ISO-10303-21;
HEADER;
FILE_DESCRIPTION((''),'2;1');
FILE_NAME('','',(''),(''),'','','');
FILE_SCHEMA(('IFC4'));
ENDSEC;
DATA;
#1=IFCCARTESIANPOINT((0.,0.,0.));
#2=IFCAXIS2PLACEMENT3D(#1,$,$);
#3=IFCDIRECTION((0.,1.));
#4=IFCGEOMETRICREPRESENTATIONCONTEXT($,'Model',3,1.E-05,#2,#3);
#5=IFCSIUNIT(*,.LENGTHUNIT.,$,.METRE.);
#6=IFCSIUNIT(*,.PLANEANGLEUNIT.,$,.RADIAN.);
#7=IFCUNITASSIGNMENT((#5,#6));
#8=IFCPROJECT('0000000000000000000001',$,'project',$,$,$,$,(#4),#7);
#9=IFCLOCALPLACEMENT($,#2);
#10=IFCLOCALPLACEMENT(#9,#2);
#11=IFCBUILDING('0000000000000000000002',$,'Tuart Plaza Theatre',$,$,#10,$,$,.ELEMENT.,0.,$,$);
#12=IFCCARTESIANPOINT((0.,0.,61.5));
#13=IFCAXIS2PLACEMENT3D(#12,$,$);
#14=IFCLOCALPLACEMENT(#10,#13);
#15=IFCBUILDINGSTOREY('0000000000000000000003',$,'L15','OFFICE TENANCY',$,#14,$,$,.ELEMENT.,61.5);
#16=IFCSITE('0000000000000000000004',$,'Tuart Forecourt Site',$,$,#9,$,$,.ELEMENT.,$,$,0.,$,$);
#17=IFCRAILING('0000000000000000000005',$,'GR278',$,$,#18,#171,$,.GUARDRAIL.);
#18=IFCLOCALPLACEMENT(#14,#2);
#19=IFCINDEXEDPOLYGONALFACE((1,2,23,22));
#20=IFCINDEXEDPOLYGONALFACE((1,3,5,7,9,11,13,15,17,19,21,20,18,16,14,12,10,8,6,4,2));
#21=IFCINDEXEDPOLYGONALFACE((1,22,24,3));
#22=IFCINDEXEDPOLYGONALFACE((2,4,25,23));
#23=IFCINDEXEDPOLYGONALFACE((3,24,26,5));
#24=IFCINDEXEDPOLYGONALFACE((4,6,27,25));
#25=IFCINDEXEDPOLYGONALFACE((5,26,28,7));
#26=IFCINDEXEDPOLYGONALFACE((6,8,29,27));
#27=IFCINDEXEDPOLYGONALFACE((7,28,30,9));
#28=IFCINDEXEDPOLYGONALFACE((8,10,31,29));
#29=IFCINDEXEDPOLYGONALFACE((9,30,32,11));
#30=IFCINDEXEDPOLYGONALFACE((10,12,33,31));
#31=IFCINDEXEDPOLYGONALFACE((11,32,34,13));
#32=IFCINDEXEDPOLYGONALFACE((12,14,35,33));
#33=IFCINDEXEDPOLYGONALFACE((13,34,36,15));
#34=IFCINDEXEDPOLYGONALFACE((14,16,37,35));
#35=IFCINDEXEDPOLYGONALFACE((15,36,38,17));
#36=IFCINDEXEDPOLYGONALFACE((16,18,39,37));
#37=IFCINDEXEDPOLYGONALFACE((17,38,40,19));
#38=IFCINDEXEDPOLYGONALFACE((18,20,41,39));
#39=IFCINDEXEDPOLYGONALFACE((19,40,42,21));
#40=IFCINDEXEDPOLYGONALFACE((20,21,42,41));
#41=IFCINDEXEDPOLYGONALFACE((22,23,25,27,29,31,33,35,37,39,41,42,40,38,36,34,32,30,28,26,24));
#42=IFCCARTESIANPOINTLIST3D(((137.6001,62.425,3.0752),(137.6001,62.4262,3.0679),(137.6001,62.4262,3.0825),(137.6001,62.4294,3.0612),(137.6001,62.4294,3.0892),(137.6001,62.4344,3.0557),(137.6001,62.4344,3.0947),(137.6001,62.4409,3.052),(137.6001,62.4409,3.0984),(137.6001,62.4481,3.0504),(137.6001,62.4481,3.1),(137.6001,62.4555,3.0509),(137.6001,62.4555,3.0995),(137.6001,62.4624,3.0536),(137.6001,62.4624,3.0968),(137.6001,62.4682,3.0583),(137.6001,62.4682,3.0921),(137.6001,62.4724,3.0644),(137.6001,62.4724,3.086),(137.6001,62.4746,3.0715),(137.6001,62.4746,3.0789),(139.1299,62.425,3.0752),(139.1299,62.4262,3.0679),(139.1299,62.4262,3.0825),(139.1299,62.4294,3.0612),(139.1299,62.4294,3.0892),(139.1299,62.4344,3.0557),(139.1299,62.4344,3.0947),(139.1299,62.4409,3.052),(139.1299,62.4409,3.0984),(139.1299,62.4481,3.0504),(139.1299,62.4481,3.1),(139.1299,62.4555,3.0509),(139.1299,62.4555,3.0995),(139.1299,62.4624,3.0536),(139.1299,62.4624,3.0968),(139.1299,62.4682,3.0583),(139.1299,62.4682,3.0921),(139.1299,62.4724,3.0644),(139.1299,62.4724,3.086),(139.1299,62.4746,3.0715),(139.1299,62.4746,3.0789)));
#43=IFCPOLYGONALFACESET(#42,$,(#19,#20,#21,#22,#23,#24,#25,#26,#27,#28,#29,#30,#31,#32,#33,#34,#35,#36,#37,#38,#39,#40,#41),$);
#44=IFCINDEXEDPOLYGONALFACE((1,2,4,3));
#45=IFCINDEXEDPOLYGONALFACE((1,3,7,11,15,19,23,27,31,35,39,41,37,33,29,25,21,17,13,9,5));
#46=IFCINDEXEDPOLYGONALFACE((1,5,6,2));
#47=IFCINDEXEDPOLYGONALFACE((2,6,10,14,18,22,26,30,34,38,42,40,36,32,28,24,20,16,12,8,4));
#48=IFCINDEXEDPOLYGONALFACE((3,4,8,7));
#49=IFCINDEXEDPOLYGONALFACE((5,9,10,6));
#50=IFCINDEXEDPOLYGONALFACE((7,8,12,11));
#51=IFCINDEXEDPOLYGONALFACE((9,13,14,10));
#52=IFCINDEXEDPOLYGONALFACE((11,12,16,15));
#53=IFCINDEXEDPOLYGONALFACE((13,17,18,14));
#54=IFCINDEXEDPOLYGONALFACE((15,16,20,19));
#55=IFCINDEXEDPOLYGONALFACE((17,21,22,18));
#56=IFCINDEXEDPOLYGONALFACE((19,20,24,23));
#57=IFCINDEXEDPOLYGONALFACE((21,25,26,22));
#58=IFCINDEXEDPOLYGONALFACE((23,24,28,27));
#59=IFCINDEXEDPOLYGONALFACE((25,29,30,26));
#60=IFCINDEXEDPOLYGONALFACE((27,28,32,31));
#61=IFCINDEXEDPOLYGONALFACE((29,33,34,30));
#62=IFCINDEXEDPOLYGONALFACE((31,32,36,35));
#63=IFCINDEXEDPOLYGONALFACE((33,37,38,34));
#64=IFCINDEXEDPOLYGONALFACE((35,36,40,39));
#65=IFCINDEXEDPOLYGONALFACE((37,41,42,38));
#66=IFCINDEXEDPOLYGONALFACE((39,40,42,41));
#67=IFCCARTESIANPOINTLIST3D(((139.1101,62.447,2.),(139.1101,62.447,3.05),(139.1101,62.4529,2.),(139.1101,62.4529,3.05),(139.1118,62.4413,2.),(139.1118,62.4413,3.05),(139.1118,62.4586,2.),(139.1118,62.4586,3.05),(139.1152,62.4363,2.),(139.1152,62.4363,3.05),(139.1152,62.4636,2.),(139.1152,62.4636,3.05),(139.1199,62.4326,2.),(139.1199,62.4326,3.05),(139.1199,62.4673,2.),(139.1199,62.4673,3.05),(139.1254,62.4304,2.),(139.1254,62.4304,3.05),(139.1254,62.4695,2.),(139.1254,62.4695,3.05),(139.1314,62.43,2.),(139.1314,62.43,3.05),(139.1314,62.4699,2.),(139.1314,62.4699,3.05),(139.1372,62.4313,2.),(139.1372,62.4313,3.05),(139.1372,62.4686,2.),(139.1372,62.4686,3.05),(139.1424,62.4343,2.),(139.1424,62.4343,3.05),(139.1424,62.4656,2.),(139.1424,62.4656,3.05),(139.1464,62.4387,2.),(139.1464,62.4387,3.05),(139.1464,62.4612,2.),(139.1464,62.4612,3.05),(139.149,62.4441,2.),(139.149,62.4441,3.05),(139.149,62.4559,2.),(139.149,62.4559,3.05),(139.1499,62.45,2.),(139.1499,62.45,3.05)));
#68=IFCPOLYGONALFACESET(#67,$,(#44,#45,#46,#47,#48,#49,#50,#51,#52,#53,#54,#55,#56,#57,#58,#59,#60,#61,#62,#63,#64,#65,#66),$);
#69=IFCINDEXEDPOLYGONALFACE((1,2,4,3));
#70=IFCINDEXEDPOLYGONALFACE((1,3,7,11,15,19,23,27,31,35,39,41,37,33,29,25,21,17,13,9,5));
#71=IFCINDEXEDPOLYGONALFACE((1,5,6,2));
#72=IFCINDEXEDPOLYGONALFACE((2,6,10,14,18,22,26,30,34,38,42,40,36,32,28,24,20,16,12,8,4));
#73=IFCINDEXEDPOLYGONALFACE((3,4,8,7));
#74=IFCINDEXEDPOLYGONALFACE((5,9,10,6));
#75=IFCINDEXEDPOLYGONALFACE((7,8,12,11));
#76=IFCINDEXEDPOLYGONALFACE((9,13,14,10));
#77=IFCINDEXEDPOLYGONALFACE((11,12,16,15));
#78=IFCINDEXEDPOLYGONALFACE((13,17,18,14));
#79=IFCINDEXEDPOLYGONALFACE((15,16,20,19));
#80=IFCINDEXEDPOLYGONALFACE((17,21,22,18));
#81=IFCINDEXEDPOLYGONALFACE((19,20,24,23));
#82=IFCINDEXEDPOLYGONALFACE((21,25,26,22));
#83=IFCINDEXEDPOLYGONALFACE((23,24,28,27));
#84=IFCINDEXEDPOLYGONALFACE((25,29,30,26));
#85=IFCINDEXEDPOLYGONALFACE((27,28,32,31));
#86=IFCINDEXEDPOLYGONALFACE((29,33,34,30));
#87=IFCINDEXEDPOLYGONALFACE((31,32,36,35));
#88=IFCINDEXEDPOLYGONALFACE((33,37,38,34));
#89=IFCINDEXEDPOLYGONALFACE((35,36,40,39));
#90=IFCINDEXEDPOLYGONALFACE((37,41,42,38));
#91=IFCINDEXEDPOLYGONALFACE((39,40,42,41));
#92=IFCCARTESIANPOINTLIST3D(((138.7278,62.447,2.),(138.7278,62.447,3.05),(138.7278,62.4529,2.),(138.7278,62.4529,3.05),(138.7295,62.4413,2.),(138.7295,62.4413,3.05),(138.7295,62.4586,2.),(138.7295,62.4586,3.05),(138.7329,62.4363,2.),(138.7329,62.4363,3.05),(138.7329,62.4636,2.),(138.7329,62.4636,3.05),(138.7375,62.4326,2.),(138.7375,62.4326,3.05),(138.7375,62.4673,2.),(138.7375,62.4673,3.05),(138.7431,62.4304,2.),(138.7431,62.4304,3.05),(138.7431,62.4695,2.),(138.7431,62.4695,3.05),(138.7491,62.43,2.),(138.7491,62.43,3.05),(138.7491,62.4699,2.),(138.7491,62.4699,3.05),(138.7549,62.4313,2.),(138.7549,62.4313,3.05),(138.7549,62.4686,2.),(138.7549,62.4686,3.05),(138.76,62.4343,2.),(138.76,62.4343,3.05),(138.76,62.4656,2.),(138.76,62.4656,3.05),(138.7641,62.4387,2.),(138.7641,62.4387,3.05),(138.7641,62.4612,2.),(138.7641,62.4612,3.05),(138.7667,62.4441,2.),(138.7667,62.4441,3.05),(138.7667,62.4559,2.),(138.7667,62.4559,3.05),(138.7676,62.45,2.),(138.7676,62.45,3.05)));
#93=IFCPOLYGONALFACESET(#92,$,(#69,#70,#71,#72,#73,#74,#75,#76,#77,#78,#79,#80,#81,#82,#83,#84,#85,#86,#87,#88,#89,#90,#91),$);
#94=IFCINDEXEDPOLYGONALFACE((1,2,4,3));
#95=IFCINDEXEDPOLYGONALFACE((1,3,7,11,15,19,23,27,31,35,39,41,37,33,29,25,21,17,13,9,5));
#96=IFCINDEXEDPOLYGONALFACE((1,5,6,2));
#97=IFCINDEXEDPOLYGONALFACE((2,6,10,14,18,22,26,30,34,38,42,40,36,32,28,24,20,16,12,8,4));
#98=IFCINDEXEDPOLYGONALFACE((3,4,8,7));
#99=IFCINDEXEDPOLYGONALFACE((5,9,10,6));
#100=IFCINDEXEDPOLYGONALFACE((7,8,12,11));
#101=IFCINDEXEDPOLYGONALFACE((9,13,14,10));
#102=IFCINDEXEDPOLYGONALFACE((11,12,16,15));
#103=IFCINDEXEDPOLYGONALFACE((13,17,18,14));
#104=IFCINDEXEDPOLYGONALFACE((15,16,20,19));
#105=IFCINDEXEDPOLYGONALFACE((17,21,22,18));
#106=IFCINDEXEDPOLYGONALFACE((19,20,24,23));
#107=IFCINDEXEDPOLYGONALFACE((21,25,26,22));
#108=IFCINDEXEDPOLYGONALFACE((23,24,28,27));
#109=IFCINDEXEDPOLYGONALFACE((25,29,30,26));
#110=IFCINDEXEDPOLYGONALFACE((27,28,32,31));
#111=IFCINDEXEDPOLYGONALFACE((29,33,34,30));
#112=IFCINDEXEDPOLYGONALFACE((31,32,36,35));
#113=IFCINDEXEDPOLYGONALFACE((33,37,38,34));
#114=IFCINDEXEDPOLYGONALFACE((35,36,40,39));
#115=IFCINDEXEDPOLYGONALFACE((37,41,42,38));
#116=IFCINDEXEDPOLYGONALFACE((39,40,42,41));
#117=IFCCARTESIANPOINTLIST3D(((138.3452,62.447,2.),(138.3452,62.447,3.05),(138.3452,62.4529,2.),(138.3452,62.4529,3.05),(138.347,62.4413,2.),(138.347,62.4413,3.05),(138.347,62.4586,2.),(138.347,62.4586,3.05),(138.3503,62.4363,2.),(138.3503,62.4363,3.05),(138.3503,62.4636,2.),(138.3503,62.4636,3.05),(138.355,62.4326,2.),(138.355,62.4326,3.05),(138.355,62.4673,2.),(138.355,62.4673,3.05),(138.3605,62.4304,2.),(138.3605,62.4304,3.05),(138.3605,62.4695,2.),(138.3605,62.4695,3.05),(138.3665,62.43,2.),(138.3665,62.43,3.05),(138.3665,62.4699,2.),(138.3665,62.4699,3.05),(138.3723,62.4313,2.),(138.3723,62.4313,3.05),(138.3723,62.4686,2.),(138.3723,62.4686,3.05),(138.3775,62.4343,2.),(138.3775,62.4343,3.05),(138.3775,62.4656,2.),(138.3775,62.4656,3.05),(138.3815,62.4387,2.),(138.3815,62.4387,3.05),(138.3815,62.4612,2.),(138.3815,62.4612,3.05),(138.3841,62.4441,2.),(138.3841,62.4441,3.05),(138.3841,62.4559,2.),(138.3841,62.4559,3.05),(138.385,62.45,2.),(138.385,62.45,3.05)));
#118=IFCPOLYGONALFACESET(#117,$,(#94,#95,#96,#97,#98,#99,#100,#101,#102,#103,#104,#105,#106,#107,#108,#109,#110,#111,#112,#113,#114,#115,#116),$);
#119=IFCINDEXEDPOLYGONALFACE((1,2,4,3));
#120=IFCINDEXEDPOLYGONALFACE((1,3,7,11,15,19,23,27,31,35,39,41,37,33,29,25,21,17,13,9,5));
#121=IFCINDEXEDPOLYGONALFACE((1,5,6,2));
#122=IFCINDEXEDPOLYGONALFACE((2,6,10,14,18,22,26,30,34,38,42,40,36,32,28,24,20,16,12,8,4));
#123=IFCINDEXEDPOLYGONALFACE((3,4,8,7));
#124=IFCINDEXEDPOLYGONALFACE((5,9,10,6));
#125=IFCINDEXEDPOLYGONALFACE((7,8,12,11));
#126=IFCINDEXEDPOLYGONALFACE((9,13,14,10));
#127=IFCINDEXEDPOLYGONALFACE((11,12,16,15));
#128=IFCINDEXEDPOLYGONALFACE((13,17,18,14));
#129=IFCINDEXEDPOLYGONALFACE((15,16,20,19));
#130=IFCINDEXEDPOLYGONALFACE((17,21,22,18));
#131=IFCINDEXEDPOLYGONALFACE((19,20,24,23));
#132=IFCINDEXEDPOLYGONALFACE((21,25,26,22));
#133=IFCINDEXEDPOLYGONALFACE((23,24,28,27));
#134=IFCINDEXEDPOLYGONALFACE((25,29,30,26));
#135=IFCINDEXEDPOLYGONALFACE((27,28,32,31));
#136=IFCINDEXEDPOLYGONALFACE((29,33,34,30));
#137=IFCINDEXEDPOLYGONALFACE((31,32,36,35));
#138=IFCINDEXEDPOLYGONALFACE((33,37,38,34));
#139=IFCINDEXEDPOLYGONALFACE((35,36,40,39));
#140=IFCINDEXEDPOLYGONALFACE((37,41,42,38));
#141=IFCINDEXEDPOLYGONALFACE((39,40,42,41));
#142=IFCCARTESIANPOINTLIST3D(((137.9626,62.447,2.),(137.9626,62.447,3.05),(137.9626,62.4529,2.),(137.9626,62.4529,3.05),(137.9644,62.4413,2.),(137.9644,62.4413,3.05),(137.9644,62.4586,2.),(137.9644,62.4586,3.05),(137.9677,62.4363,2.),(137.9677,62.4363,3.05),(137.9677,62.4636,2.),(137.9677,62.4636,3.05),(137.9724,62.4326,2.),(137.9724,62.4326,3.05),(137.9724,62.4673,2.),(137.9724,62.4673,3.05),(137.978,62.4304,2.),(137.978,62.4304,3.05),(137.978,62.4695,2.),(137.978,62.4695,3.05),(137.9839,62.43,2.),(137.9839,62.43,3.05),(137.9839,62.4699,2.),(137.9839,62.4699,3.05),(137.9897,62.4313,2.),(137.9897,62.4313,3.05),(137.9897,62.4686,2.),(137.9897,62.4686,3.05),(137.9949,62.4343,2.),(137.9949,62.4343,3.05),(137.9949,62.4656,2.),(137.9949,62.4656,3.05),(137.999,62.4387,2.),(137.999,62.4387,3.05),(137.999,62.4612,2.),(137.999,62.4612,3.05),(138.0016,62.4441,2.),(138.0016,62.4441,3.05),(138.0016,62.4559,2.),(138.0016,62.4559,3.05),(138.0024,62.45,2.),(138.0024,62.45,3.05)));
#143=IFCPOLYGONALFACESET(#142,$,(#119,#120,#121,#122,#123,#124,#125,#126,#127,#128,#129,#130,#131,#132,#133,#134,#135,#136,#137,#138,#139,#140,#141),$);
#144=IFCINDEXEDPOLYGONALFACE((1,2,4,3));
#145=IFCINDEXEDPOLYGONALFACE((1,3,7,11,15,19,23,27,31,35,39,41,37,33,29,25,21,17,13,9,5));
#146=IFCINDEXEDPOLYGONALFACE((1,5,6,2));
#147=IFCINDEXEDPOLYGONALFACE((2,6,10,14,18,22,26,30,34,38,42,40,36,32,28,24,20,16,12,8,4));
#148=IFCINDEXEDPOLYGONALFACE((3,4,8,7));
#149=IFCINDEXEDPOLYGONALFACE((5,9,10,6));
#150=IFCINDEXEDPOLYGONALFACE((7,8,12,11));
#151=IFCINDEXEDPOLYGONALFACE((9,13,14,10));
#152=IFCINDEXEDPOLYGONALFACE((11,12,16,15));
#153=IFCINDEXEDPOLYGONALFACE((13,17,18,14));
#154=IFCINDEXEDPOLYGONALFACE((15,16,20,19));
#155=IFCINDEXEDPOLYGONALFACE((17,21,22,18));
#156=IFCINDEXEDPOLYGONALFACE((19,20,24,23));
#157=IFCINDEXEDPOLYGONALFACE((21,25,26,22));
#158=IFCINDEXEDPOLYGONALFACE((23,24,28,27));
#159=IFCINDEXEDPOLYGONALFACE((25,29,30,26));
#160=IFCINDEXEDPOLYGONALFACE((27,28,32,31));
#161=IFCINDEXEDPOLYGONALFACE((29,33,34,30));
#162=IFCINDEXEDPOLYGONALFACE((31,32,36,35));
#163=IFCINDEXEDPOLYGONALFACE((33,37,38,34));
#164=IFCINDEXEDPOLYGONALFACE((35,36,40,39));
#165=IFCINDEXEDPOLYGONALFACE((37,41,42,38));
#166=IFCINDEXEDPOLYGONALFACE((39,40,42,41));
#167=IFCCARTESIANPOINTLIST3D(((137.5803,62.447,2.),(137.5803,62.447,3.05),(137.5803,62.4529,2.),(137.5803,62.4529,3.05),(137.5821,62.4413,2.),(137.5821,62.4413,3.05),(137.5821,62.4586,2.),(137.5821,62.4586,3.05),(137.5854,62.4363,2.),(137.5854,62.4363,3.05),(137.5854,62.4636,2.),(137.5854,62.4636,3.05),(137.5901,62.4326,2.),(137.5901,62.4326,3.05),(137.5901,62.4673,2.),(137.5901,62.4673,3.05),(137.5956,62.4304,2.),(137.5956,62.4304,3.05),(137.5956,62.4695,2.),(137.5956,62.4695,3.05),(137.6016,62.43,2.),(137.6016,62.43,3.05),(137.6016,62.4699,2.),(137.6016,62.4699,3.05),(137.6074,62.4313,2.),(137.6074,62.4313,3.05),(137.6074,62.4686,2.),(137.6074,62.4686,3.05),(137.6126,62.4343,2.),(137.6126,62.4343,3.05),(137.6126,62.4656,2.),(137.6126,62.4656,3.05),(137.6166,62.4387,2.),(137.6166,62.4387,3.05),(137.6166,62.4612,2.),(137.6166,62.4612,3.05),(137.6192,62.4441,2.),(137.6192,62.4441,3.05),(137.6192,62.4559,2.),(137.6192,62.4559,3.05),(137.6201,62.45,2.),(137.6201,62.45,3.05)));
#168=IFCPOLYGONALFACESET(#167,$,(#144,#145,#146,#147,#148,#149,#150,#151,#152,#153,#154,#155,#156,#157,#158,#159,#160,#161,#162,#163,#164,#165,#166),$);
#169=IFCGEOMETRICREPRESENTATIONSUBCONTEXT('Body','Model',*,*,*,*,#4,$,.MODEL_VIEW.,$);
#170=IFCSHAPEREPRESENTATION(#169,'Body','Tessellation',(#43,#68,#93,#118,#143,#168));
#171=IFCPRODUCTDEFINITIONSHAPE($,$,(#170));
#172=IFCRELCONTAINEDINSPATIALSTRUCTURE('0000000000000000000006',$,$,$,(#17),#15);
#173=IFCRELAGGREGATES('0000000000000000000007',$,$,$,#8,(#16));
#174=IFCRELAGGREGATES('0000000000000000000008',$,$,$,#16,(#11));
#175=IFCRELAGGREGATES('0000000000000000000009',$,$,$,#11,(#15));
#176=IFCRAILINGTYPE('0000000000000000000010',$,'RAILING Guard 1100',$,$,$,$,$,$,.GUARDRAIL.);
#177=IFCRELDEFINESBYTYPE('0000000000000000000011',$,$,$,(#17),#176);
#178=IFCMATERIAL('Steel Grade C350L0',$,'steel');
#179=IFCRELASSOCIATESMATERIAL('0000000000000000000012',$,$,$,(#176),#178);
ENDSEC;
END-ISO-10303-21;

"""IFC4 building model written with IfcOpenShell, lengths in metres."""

from ifc_helpers import new_model, si_unit, direction, frame, origin, origin_2d, place, context, subcontext, project, spatial, circle, extrude, material, type_object, element, save


model = new_model("IFC4")

# Units and contexts
model_context = context("Model", 3, precision=1e-05, world=origin(), true_north=direction((0.0, 1.0)))
body_context = subcontext(model_context, "Body", "Model", "MODEL_VIEW")
ifc_project = project(units=[si_unit("LENGTHUNIT", "METRE"), si_unit("PLANEANGLEUNIT", "RADIAN")], contexts=[model_context])

# Site, building, storey
site_placement = place(None, origin())
site = spatial("IfcSite", under=ifc_project, at=site_placement, Name="Tuart Forecourt Site", CompositionType="ELEMENT", RefElevation=0.0)
building_placement = place(site_placement, origin())
building = spatial("IfcBuilding", under=site, at=building_placement, Name="Tuart Plaza Theatre", CompositionType="ELEMENT", ElevationOfRefHeight=0.0)
storey_placement = place(building_placement, frame((0.0, 0.0, 61.5)))
storey = spatial("IfcBuildingStorey", under=building, at=storey_placement, Name="L15", Description="OFFICE TENANCY", CompositionType="ELEMENT", Elevation=61.5)

# Railing
ifc_material_1 = material(Name="Steel Grade C350L0", Category="steel")
railing_type_1 = type_object("IfcRailingType", Name="RAILING Guard 1100", PredefinedType="GUARDRAIL", material=ifc_material_1)
railing_1_placement = place(storey_placement, frame((139.1299, 62.45, 2.0)))
element("IfcRailing", 1, at=railing_1_placement, inside=storey, type_object=railing_type_1, Name="GR278", PredefinedType="GUARDRAIL", context=body_context, shape_type="SweptSolid", body=[
    extrude(circle(Radius=0.0249, at=origin_2d()), frame((0.0, 0.0, 1.0752), z_axis=(-1.0, 0.0, 0.0), x_axis=(0.0, -1.0, 0.0)), (0.0, 0.0, 1.0), 1.5298),
    extrude(circle(Radius=0.02, at=origin_2d()), origin(), (0.0, 0.0, 1.0), 1.05),
    extrude(circle(Radius=0.02, at=origin_2d()), frame((-0.3823, 0.0, 0.0)), (0.0, 0.0, 1.0), 1.05),
    extrude(circle(Radius=0.02, at=origin_2d()), frame((-0.7649, 0.0, 0.0)), (0.0, 0.0, 1.0), 1.05),
    extrude(circle(Radius=0.02, at=origin_2d()), frame((-1.1475, 0.0, 0.0)), (0.0, 0.0, 1.0), 1.05),
    extrude(circle(Radius=0.02, at=origin_2d()), frame((-1.5298, 0.0, 0.0)), (0.0, 0.0, 1.0), 1.05),
])

save(model, "model.ifc")
